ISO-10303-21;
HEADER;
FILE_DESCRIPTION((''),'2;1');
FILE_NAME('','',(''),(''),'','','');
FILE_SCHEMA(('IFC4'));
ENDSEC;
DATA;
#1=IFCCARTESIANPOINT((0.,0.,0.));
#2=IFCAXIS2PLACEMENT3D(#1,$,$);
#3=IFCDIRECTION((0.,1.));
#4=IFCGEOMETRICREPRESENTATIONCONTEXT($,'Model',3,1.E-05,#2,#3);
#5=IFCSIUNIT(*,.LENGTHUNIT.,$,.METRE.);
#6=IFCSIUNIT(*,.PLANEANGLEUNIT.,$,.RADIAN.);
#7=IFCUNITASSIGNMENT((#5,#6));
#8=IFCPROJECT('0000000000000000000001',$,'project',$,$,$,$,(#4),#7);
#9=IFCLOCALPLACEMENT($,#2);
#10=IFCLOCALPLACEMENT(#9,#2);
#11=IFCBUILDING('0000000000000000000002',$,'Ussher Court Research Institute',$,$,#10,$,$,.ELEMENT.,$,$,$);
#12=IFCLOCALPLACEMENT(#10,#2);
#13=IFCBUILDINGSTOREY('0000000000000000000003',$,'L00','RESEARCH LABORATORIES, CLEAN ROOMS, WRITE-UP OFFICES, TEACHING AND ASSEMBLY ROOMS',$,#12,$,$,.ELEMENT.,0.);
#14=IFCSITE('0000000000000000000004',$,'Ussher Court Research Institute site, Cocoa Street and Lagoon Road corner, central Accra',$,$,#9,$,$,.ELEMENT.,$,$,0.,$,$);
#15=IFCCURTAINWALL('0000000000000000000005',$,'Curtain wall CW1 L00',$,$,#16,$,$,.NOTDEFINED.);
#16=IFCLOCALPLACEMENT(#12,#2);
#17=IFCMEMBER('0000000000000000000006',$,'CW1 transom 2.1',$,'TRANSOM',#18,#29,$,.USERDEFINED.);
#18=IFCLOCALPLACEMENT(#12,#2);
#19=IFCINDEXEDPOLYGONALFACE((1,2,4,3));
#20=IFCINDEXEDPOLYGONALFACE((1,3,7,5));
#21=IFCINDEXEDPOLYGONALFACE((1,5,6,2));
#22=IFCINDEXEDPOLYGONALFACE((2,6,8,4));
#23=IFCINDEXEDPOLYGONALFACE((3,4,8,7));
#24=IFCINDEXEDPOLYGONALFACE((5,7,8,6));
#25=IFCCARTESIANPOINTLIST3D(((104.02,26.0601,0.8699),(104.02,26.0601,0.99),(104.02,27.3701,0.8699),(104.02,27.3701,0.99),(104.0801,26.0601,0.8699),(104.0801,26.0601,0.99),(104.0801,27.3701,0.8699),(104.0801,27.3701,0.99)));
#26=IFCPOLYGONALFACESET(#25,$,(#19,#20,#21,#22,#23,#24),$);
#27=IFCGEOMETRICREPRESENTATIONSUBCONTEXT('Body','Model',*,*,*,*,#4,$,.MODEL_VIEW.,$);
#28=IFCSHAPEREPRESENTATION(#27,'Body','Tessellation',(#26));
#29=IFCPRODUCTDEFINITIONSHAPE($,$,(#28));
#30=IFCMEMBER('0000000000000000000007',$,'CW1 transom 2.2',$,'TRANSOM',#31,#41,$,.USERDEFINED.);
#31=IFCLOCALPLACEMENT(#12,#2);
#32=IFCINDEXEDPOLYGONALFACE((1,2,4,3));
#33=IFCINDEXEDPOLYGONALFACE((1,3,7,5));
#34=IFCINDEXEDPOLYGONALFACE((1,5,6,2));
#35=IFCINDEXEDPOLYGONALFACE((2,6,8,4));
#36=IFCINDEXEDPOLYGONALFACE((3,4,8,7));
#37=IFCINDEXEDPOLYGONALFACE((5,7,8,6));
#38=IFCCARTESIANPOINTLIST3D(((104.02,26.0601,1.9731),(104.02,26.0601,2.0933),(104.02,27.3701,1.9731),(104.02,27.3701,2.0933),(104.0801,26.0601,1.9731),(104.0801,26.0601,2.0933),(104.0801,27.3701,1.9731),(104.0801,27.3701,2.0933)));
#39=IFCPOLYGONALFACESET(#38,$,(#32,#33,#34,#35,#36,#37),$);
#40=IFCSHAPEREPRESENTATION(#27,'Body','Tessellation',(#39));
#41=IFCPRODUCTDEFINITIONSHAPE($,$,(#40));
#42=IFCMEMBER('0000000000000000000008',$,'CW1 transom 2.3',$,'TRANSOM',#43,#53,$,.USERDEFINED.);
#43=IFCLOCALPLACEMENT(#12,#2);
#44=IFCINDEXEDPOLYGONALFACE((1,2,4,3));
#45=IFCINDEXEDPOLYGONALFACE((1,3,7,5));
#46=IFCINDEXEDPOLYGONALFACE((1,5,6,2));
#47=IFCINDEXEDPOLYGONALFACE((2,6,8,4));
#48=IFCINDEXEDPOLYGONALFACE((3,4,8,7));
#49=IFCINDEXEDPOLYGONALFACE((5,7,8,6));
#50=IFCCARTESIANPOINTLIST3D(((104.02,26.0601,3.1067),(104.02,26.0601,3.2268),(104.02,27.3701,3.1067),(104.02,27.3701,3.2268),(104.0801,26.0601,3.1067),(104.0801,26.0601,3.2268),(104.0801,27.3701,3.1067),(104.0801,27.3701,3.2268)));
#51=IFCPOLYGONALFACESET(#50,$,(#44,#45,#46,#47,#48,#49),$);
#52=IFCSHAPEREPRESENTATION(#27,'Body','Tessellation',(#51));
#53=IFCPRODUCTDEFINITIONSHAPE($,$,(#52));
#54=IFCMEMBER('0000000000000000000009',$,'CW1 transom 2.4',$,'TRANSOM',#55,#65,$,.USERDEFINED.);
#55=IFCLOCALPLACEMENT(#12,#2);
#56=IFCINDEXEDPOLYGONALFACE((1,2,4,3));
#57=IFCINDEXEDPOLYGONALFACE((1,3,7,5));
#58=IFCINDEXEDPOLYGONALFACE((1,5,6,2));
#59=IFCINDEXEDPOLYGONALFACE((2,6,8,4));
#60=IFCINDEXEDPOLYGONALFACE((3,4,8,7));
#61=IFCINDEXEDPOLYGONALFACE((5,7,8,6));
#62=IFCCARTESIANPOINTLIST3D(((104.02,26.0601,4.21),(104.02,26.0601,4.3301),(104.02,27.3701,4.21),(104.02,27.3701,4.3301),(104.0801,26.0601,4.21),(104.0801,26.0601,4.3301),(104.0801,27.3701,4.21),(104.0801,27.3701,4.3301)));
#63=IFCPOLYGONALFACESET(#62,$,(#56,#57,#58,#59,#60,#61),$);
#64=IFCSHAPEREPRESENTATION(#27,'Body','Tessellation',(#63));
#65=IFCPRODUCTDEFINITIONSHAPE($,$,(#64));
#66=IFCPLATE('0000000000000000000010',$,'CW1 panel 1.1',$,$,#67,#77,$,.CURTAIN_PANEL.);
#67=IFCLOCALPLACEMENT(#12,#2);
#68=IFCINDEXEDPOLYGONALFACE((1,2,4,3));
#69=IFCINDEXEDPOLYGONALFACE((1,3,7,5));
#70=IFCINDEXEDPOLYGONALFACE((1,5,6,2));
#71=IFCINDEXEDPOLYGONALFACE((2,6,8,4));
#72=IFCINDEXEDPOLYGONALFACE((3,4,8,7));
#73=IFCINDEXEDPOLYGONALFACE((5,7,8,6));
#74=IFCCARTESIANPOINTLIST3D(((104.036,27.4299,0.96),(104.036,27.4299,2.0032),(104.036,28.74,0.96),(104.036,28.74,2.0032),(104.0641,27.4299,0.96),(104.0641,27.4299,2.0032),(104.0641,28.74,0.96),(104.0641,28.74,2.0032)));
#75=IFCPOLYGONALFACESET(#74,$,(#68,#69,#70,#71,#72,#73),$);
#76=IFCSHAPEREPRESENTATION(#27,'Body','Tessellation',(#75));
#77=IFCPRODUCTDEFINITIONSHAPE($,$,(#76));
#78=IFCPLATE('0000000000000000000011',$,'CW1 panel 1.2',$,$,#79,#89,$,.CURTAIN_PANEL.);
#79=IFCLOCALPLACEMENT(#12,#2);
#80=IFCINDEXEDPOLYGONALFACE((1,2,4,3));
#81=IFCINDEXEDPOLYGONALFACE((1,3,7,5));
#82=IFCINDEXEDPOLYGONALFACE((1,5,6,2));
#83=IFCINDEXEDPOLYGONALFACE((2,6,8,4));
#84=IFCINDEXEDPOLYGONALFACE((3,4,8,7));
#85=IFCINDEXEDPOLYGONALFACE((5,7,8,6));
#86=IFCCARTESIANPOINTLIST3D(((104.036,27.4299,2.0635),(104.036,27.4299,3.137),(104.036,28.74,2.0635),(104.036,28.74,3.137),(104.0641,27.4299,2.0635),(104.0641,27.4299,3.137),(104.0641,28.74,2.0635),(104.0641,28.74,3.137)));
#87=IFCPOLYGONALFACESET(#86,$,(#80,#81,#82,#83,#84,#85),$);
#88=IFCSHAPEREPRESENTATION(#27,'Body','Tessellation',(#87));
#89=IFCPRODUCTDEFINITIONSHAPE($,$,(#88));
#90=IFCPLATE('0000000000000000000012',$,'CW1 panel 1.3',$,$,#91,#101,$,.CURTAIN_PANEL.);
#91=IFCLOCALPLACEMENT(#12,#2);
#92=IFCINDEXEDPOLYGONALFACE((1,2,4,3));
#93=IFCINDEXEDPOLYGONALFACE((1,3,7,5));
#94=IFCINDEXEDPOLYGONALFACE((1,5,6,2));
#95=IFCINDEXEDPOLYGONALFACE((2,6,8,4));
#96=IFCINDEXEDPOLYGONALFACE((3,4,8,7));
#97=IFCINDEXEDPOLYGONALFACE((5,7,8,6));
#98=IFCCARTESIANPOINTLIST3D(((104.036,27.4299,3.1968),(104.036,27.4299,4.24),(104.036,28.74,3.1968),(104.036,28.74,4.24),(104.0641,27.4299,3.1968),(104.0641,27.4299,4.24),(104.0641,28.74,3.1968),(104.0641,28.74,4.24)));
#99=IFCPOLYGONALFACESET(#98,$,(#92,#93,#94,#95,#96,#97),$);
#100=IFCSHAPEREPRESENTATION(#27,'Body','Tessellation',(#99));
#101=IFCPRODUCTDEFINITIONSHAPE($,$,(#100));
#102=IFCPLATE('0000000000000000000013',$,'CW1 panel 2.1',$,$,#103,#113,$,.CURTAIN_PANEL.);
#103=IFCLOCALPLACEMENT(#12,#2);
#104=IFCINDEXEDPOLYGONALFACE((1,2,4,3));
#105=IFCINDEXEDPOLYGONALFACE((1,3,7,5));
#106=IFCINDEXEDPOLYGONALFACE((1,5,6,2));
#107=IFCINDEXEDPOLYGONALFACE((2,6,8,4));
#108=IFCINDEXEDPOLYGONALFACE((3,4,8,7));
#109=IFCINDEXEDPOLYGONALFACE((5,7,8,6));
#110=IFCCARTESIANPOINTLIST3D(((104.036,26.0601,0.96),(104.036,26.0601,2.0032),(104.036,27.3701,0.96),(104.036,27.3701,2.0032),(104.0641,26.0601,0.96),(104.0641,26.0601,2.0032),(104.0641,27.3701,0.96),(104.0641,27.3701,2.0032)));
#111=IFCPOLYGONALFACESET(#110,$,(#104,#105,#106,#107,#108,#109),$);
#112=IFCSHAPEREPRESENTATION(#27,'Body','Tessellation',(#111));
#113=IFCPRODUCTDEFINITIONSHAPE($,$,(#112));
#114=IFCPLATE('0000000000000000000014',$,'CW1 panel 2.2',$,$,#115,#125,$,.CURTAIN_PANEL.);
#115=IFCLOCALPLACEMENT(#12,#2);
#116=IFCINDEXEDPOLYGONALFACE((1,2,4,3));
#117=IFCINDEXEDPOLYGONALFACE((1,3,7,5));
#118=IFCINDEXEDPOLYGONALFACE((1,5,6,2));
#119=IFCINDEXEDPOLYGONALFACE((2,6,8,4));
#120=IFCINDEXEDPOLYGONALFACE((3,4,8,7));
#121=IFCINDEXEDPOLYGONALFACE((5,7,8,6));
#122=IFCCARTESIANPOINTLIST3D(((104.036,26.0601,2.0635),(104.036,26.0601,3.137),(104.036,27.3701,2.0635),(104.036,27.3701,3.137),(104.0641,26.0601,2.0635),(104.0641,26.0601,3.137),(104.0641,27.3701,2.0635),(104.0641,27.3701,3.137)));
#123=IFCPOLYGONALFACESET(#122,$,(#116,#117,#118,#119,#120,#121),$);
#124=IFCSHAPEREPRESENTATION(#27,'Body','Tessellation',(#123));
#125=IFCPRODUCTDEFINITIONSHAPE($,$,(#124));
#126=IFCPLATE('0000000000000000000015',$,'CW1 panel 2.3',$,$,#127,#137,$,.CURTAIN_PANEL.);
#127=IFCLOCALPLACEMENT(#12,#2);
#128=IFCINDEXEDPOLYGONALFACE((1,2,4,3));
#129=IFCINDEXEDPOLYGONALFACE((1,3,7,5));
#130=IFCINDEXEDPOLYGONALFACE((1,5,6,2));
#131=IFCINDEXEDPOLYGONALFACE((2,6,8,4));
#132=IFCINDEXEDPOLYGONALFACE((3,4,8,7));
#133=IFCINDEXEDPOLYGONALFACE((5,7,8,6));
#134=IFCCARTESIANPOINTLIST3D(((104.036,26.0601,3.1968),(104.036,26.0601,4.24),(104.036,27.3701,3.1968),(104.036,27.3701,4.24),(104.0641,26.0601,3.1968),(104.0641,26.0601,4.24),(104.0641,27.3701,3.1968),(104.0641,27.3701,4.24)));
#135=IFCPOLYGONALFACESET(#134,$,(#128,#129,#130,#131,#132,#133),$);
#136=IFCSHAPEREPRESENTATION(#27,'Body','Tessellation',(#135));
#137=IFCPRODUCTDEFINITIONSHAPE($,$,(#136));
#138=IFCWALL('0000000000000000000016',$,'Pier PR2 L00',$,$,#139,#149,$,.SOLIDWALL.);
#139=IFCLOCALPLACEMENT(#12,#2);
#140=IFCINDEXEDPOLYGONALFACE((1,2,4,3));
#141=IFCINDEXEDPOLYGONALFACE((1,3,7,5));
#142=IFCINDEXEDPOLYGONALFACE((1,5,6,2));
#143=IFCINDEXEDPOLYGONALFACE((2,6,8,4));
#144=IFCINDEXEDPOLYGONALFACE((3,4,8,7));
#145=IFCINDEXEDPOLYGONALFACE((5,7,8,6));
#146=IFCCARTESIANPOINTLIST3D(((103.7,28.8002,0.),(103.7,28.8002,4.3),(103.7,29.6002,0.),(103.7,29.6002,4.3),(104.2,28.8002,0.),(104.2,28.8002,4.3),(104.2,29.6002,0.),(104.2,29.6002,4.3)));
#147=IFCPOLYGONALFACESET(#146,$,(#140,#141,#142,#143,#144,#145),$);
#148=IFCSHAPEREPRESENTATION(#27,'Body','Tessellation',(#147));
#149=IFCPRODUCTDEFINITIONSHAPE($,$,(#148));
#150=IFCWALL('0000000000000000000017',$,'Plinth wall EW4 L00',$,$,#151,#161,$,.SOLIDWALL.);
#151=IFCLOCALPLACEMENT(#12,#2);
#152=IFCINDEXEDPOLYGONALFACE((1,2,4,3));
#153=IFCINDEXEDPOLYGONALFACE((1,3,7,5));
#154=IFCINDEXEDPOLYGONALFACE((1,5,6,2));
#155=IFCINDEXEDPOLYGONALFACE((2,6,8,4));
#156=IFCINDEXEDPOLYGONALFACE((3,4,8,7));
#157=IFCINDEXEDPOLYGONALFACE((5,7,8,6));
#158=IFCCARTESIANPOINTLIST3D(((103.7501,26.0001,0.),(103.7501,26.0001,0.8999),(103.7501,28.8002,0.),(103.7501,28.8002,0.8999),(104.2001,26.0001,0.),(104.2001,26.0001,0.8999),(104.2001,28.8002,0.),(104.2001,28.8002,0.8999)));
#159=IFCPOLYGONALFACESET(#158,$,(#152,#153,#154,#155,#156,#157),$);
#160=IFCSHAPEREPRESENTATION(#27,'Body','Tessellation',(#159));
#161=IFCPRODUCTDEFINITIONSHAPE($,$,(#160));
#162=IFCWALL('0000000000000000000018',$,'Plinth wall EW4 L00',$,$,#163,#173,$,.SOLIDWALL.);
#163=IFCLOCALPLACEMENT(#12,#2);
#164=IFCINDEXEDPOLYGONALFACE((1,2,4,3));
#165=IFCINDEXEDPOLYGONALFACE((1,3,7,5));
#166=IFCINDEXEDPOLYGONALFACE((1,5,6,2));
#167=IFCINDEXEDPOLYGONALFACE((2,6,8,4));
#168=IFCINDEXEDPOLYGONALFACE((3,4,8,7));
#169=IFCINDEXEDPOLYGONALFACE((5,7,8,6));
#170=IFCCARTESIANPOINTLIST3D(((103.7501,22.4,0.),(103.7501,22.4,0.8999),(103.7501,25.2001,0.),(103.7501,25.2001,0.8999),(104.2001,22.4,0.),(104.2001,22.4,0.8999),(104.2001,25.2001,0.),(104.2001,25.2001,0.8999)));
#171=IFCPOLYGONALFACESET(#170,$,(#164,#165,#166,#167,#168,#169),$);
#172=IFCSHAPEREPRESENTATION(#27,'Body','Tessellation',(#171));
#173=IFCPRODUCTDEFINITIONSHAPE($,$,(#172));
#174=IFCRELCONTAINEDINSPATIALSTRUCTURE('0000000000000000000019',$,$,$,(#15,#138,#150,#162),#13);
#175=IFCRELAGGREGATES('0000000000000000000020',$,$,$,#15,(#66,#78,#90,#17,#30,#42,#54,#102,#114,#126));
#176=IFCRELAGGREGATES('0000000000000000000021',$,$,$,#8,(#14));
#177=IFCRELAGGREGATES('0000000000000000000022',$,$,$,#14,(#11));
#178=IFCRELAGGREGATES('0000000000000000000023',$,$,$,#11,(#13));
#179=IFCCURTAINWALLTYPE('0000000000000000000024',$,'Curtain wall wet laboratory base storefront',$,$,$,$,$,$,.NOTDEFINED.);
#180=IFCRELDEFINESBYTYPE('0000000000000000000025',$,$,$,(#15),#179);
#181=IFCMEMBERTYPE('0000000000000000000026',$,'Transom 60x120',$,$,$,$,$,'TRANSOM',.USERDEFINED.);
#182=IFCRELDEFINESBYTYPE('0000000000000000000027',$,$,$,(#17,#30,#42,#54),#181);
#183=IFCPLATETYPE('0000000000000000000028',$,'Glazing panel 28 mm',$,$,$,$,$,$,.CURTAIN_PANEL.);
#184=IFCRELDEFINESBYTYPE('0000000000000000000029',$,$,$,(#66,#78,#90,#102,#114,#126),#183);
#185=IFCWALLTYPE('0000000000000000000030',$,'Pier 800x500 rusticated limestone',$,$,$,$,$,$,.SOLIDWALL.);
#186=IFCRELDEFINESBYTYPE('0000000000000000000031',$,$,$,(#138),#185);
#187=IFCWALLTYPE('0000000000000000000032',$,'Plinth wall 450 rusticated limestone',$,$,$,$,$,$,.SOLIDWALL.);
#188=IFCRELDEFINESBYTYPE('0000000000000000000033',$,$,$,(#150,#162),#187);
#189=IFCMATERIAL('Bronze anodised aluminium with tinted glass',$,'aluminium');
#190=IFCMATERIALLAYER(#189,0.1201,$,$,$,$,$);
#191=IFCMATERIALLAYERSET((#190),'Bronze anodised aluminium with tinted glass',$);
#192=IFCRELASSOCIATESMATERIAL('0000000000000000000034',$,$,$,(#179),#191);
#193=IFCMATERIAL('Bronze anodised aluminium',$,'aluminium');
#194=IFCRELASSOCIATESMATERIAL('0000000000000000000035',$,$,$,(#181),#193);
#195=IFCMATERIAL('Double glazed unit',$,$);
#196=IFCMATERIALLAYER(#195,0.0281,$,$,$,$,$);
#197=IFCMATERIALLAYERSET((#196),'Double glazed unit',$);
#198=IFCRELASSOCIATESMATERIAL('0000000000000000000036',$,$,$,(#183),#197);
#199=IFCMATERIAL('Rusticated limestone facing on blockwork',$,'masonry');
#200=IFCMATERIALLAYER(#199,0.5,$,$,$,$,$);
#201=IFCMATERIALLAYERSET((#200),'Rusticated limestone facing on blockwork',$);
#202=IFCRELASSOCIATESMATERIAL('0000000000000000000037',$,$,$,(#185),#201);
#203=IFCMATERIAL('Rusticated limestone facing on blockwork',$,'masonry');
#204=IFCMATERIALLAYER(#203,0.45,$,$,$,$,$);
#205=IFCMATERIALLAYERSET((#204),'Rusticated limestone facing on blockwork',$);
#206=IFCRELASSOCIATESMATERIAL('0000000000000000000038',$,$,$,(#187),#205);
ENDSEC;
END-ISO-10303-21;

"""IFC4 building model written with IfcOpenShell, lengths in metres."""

from ifc_helpers import new_model, si_unit, direction, frame, frame_2d, origin, origin_2d, place, context, subcontext, project, spatial, rectangle, extrude, material, layer, layer_set, material_profile, profile_set, type_object, element, aggregate, save


model = new_model("IFC4")

# Units and contexts
model_context = context("Model", 3, precision=1e-05, world=origin(), true_north=direction((0.0, 1.0)))
body_context = subcontext(model_context, "Body", "Model", "MODEL_VIEW")
ifc_project = project(units=[si_unit("LENGTHUNIT", "METRE"), si_unit("PLANEANGLEUNIT", "RADIAN")], contexts=[model_context])

# Site, building, storey
site_placement = place(None, origin())
site = spatial("IfcSite", under=ifc_project, at=site_placement, Name="Ussher Court Research Institute site, Cocoa Street and Lagoon Road corner, central Accra", CompositionType="ELEMENT", RefElevation=0.0)
building_placement = place(site_placement, origin())
building = spatial("IfcBuilding", under=site, at=building_placement, Name="Ussher Court Research Institute", CompositionType="ELEMENT")
storey_placement = place(building_placement, origin())
storey = spatial("IfcBuildingStorey", under=building, at=storey_placement, Name="L00", Description="RESEARCH LABORATORIES, CLEAN ROOMS, WRITE-UP OFFICES, TEACHING AND ASSEMBLY ROOMS", CompositionType="ELEMENT", Elevation=0.0)

# Shared definitions
ifc_material_1 = material(Name="Bronze anodised aluminium with tinted glass", Category="aluminium")
ifc_layer_1 = layer(ifc_material_1, 0.1201)
ifc_layer_set_1 = layer_set([ifc_layer_1], Name="Bronze anodised aluminium with tinted glass")
curtain_wall_type = type_object("IfcCurtainWallType", Name="Curtain wall wet laboratory base storefront", PredefinedType="NOTDEFINED", material=ifc_layer_set_1)

# Curtain wall, members, plates
curtain_wall_1_placement = place(storey_placement, origin())
curtain_wall_1 = element("IfcCurtainWall", 1, at=curtain_wall_1_placement, inside=storey, type_object=curtain_wall_type, Name="Curtain wall CW1 L00", PredefinedType="NOTDEFINED")
ifc_material_2 = material(Name="Bronze anodised aluminium", Category="aluminium")
ifc_material_profile_1 = material_profile(ifc_material_2, rectangle(XDim=0.0601, YDim=0.1201, at=origin_2d()), Name="Transom 60x120")
ifc_profile_set_1 = profile_set([ifc_material_profile_1], Name="Bronze anodised aluminium")
member_type_1 = type_object("IfcMemberType", Name="Transom 60x120", ElementType="TRANSOM", PredefinedType="USERDEFINED", material=ifc_profile_set_1)
member_1_placement = place(storey_placement, frame((104.05, 27.3701, 0.9299), z_axis=(0.0, -1.0, 0.0), x_axis=(1.0, 0.0, 0.0)))
member_1 = element("IfcMember", 2, at=member_1_placement, type_object=member_type_1, Name="CW1 transom 2.1", ObjectType="TRANSOM", PredefinedType="USERDEFINED", context=body_context, shape_type="SweptSolid", body=[
    extrude(rectangle(XDim=0.0601, YDim=0.1201, at=origin_2d()), origin(), (0.0, 0.0, 1.0), 1.3101),
])
member_2_placement = place(storey_placement, frame((104.05, 27.3701, 2.0332), z_axis=(0.0, -1.0, 0.0), x_axis=(1.0, 0.0, 0.0)))
member_2 = element("IfcMember", 3, at=member_2_placement, type_object=member_type_1, Name="CW1 transom 2.2", ObjectType="TRANSOM", PredefinedType="USERDEFINED", context=body_context, shape_type="SweptSolid", body=[
    extrude(rectangle(XDim=0.0601, YDim=0.1201, at=origin_2d()), origin(), (0.0, 0.0, 1.0), 1.3101),
])
member_3_placement = place(storey_placement, frame((104.05, 27.3701, 3.1667), z_axis=(0.0, -1.0, 0.0), x_axis=(1.0, 0.0, 0.0)))
member_3 = element("IfcMember", 4, at=member_3_placement, type_object=member_type_1, Name="CW1 transom 2.3", ObjectType="TRANSOM", PredefinedType="USERDEFINED", context=body_context, shape_type="SweptSolid", body=[
    extrude(rectangle(XDim=0.0601, YDim=0.1201, at=origin_2d()), origin(), (0.0, 0.0, 1.0), 1.3101),
])
member_4_placement = place(storey_placement, frame((104.05, 27.3701, 4.27), z_axis=(0.0, -1.0, 0.0), x_axis=(1.0, 0.0, 0.0)))
member_4 = element("IfcMember", 5, at=member_4_placement, type_object=member_type_1, Name="CW1 transom 2.4", ObjectType="TRANSOM", PredefinedType="USERDEFINED", context=body_context, shape_type="SweptSolid", body=[
    extrude(rectangle(XDim=0.0601, YDim=0.1201, at=origin_2d()), origin(), (0.0, 0.0, 1.0), 1.3101),
])
ifc_material_3 = material(Name="Double glazed unit")
ifc_layer_2 = layer(ifc_material_3, 0.0281)
ifc_layer_set_2 = layer_set([ifc_layer_2], Name="Double glazed unit")
plate_type = type_object("IfcPlateType", Name="Glazing panel 28 mm", PredefinedType="CURTAIN_PANEL", material=ifc_layer_set_2)
plate_1_placement = place(storey_placement, frame((104.05, 28.085, 0.96), z_axis=(0.0, 0.0, 1.0), x_axis=(0.0, -1.0, 0.0)))
plate_1 = element("IfcPlate", 6, at=plate_1_placement, type_object=plate_type, Name="CW1 panel 1.1", PredefinedType="CURTAIN_PANEL", context=body_context, shape_type="SweptSolid", body=[
    extrude(rectangle(XDim=1.3101, YDim=0.0281, at=origin_2d()), origin(), (0.0, 0.0, 1.0), 1.0432),
])
plate_2_placement = place(storey_placement, frame((104.05, 28.085, 2.0635), z_axis=(0.0, 0.0, 1.0), x_axis=(0.0, -1.0, 0.0)))
plate_2 = element("IfcPlate", 7, at=plate_2_placement, type_object=plate_type, Name="CW1 panel 1.2", PredefinedType="CURTAIN_PANEL", context=body_context, shape_type="SweptSolid", body=[
    extrude(rectangle(XDim=1.3101, YDim=0.0281, at=origin_2d()), origin(), (0.0, 0.0, 1.0), 1.0735),
])
plate_3_placement = place(storey_placement, frame((104.05, 28.085, 3.1968), z_axis=(0.0, 0.0, 1.0), x_axis=(0.0, -1.0, 0.0)))
plate_3 = element("IfcPlate", 8, at=plate_3_placement, type_object=plate_type, Name="CW1 panel 1.3", PredefinedType="CURTAIN_PANEL", context=body_context, shape_type="SweptSolid", body=[
    extrude(rectangle(XDim=1.3101, YDim=0.0281, at=origin_2d()), origin(), (0.0, 0.0, 1.0), 1.0432),
])
plate_4_placement = place(storey_placement, frame((104.05, 26.7151, 0.96), z_axis=(0.0, 0.0, 1.0), x_axis=(0.0, -1.0, 0.0)))
plate_4 = element("IfcPlate", 9, at=plate_4_placement, type_object=plate_type, Name="CW1 panel 2.1", PredefinedType="CURTAIN_PANEL", context=body_context, shape_type="SweptSolid", body=[
    extrude(rectangle(XDim=1.3101, YDim=0.0281, at=origin_2d()), origin(), (0.0, 0.0, 1.0), 1.0432),
])
plate_5_placement = place(storey_placement, frame((104.05, 26.7151, 2.0635), z_axis=(0.0, 0.0, 1.0), x_axis=(0.0, -1.0, 0.0)))
plate_5 = element("IfcPlate", 10, at=plate_5_placement, type_object=plate_type, Name="CW1 panel 2.2", PredefinedType="CURTAIN_PANEL", context=body_context, shape_type="SweptSolid", body=[
    extrude(rectangle(XDim=1.3101, YDim=0.0281, at=origin_2d()), origin(), (0.0, 0.0, 1.0), 1.0735),
])
plate_6_placement = place(storey_placement, frame((104.05, 26.7151, 3.1968), z_axis=(0.0, 0.0, 1.0), x_axis=(0.0, -1.0, 0.0)))
plate_6 = element("IfcPlate", 11, at=plate_6_placement, type_object=plate_type, Name="CW1 panel 2.3", PredefinedType="CURTAIN_PANEL", context=body_context, shape_type="SweptSolid", body=[
    extrude(rectangle(XDim=1.3101, YDim=0.0281, at=origin_2d()), origin(), (0.0, 0.0, 1.0), 1.0432),
])
aggregate(curtain_wall_1, [plate_1, plate_2, plate_3, member_1, member_2, member_3, member_4, plate_4, plate_5, plate_6])

# Walls
ifc_material_4 = material(Name="Rusticated limestone facing on blockwork", Category="masonry")
ifc_layer_3 = layer(ifc_material_4, 0.5)
ifc_layer_set_3 = layer_set([ifc_layer_3], Name="Rusticated limestone facing on blockwork")
wall_type_1 = type_object("IfcWallType", Name="Pier 800x500 rusticated limestone", PredefinedType="SOLIDWALL", material=ifc_layer_set_3)
wall_placement = place(storey_placement, frame((103.95, 29.6001, 0.0), z_axis=(0.0, 0.0, 1.0), x_axis=(0.0, -1.0, 0.0)))
element("IfcWall", 12, at=wall_placement, inside=storey, type_object=wall_type_1, Name="Pier PR2 L00", PredefinedType="SOLIDWALL", context=body_context, shape_type="SweptSolid", body=[
    extrude(rectangle(XDim=0.8, YDim=0.5, at=frame_2d((0.3999, 0.0))), origin(), (0.0, 0.0, 1.0), 4.3),
])
ifc_material_5 = material(Name="Rusticated limestone facing on blockwork", Category="masonry")
ifc_layer_4 = layer(ifc_material_5, 0.45)
ifc_layer_set_4 = layer_set([ifc_layer_4], Name="Rusticated limestone facing on blockwork")
wall_type_2 = type_object("IfcWallType", Name="Plinth wall 450 rusticated limestone", PredefinedType="SOLIDWALL", material=ifc_layer_set_4)
for number, where, z_axis, x_axis, name in (
    (13, (103.9751, 28.8, 0.0), (0.0, 0.0, 1.0), (0.0, -1.0, 0.0), "Plinth wall EW4 L00"),
    (14, (103.9751, 25.2, 0.0), (0.0, 0.0, 1.0), (0.0, -1.0, 0.0), "Plinth wall EW4 L00"),
):
    element("IfcWall", number, at=place(storey_placement, frame(where, z_axis=z_axis, x_axis=x_axis)), inside=storey, type_object=wall_type_2, Name=name, PredefinedType="SOLIDWALL", context=body_context, shape_type="SweptSolid", body=[
        extrude(rectangle(XDim=2.8, YDim=0.45, at=frame_2d((1.3999, 0.0))), origin(), (0.0, 0.0, 1.0), 0.8999),
    ])

save(model, "model.ifc")
